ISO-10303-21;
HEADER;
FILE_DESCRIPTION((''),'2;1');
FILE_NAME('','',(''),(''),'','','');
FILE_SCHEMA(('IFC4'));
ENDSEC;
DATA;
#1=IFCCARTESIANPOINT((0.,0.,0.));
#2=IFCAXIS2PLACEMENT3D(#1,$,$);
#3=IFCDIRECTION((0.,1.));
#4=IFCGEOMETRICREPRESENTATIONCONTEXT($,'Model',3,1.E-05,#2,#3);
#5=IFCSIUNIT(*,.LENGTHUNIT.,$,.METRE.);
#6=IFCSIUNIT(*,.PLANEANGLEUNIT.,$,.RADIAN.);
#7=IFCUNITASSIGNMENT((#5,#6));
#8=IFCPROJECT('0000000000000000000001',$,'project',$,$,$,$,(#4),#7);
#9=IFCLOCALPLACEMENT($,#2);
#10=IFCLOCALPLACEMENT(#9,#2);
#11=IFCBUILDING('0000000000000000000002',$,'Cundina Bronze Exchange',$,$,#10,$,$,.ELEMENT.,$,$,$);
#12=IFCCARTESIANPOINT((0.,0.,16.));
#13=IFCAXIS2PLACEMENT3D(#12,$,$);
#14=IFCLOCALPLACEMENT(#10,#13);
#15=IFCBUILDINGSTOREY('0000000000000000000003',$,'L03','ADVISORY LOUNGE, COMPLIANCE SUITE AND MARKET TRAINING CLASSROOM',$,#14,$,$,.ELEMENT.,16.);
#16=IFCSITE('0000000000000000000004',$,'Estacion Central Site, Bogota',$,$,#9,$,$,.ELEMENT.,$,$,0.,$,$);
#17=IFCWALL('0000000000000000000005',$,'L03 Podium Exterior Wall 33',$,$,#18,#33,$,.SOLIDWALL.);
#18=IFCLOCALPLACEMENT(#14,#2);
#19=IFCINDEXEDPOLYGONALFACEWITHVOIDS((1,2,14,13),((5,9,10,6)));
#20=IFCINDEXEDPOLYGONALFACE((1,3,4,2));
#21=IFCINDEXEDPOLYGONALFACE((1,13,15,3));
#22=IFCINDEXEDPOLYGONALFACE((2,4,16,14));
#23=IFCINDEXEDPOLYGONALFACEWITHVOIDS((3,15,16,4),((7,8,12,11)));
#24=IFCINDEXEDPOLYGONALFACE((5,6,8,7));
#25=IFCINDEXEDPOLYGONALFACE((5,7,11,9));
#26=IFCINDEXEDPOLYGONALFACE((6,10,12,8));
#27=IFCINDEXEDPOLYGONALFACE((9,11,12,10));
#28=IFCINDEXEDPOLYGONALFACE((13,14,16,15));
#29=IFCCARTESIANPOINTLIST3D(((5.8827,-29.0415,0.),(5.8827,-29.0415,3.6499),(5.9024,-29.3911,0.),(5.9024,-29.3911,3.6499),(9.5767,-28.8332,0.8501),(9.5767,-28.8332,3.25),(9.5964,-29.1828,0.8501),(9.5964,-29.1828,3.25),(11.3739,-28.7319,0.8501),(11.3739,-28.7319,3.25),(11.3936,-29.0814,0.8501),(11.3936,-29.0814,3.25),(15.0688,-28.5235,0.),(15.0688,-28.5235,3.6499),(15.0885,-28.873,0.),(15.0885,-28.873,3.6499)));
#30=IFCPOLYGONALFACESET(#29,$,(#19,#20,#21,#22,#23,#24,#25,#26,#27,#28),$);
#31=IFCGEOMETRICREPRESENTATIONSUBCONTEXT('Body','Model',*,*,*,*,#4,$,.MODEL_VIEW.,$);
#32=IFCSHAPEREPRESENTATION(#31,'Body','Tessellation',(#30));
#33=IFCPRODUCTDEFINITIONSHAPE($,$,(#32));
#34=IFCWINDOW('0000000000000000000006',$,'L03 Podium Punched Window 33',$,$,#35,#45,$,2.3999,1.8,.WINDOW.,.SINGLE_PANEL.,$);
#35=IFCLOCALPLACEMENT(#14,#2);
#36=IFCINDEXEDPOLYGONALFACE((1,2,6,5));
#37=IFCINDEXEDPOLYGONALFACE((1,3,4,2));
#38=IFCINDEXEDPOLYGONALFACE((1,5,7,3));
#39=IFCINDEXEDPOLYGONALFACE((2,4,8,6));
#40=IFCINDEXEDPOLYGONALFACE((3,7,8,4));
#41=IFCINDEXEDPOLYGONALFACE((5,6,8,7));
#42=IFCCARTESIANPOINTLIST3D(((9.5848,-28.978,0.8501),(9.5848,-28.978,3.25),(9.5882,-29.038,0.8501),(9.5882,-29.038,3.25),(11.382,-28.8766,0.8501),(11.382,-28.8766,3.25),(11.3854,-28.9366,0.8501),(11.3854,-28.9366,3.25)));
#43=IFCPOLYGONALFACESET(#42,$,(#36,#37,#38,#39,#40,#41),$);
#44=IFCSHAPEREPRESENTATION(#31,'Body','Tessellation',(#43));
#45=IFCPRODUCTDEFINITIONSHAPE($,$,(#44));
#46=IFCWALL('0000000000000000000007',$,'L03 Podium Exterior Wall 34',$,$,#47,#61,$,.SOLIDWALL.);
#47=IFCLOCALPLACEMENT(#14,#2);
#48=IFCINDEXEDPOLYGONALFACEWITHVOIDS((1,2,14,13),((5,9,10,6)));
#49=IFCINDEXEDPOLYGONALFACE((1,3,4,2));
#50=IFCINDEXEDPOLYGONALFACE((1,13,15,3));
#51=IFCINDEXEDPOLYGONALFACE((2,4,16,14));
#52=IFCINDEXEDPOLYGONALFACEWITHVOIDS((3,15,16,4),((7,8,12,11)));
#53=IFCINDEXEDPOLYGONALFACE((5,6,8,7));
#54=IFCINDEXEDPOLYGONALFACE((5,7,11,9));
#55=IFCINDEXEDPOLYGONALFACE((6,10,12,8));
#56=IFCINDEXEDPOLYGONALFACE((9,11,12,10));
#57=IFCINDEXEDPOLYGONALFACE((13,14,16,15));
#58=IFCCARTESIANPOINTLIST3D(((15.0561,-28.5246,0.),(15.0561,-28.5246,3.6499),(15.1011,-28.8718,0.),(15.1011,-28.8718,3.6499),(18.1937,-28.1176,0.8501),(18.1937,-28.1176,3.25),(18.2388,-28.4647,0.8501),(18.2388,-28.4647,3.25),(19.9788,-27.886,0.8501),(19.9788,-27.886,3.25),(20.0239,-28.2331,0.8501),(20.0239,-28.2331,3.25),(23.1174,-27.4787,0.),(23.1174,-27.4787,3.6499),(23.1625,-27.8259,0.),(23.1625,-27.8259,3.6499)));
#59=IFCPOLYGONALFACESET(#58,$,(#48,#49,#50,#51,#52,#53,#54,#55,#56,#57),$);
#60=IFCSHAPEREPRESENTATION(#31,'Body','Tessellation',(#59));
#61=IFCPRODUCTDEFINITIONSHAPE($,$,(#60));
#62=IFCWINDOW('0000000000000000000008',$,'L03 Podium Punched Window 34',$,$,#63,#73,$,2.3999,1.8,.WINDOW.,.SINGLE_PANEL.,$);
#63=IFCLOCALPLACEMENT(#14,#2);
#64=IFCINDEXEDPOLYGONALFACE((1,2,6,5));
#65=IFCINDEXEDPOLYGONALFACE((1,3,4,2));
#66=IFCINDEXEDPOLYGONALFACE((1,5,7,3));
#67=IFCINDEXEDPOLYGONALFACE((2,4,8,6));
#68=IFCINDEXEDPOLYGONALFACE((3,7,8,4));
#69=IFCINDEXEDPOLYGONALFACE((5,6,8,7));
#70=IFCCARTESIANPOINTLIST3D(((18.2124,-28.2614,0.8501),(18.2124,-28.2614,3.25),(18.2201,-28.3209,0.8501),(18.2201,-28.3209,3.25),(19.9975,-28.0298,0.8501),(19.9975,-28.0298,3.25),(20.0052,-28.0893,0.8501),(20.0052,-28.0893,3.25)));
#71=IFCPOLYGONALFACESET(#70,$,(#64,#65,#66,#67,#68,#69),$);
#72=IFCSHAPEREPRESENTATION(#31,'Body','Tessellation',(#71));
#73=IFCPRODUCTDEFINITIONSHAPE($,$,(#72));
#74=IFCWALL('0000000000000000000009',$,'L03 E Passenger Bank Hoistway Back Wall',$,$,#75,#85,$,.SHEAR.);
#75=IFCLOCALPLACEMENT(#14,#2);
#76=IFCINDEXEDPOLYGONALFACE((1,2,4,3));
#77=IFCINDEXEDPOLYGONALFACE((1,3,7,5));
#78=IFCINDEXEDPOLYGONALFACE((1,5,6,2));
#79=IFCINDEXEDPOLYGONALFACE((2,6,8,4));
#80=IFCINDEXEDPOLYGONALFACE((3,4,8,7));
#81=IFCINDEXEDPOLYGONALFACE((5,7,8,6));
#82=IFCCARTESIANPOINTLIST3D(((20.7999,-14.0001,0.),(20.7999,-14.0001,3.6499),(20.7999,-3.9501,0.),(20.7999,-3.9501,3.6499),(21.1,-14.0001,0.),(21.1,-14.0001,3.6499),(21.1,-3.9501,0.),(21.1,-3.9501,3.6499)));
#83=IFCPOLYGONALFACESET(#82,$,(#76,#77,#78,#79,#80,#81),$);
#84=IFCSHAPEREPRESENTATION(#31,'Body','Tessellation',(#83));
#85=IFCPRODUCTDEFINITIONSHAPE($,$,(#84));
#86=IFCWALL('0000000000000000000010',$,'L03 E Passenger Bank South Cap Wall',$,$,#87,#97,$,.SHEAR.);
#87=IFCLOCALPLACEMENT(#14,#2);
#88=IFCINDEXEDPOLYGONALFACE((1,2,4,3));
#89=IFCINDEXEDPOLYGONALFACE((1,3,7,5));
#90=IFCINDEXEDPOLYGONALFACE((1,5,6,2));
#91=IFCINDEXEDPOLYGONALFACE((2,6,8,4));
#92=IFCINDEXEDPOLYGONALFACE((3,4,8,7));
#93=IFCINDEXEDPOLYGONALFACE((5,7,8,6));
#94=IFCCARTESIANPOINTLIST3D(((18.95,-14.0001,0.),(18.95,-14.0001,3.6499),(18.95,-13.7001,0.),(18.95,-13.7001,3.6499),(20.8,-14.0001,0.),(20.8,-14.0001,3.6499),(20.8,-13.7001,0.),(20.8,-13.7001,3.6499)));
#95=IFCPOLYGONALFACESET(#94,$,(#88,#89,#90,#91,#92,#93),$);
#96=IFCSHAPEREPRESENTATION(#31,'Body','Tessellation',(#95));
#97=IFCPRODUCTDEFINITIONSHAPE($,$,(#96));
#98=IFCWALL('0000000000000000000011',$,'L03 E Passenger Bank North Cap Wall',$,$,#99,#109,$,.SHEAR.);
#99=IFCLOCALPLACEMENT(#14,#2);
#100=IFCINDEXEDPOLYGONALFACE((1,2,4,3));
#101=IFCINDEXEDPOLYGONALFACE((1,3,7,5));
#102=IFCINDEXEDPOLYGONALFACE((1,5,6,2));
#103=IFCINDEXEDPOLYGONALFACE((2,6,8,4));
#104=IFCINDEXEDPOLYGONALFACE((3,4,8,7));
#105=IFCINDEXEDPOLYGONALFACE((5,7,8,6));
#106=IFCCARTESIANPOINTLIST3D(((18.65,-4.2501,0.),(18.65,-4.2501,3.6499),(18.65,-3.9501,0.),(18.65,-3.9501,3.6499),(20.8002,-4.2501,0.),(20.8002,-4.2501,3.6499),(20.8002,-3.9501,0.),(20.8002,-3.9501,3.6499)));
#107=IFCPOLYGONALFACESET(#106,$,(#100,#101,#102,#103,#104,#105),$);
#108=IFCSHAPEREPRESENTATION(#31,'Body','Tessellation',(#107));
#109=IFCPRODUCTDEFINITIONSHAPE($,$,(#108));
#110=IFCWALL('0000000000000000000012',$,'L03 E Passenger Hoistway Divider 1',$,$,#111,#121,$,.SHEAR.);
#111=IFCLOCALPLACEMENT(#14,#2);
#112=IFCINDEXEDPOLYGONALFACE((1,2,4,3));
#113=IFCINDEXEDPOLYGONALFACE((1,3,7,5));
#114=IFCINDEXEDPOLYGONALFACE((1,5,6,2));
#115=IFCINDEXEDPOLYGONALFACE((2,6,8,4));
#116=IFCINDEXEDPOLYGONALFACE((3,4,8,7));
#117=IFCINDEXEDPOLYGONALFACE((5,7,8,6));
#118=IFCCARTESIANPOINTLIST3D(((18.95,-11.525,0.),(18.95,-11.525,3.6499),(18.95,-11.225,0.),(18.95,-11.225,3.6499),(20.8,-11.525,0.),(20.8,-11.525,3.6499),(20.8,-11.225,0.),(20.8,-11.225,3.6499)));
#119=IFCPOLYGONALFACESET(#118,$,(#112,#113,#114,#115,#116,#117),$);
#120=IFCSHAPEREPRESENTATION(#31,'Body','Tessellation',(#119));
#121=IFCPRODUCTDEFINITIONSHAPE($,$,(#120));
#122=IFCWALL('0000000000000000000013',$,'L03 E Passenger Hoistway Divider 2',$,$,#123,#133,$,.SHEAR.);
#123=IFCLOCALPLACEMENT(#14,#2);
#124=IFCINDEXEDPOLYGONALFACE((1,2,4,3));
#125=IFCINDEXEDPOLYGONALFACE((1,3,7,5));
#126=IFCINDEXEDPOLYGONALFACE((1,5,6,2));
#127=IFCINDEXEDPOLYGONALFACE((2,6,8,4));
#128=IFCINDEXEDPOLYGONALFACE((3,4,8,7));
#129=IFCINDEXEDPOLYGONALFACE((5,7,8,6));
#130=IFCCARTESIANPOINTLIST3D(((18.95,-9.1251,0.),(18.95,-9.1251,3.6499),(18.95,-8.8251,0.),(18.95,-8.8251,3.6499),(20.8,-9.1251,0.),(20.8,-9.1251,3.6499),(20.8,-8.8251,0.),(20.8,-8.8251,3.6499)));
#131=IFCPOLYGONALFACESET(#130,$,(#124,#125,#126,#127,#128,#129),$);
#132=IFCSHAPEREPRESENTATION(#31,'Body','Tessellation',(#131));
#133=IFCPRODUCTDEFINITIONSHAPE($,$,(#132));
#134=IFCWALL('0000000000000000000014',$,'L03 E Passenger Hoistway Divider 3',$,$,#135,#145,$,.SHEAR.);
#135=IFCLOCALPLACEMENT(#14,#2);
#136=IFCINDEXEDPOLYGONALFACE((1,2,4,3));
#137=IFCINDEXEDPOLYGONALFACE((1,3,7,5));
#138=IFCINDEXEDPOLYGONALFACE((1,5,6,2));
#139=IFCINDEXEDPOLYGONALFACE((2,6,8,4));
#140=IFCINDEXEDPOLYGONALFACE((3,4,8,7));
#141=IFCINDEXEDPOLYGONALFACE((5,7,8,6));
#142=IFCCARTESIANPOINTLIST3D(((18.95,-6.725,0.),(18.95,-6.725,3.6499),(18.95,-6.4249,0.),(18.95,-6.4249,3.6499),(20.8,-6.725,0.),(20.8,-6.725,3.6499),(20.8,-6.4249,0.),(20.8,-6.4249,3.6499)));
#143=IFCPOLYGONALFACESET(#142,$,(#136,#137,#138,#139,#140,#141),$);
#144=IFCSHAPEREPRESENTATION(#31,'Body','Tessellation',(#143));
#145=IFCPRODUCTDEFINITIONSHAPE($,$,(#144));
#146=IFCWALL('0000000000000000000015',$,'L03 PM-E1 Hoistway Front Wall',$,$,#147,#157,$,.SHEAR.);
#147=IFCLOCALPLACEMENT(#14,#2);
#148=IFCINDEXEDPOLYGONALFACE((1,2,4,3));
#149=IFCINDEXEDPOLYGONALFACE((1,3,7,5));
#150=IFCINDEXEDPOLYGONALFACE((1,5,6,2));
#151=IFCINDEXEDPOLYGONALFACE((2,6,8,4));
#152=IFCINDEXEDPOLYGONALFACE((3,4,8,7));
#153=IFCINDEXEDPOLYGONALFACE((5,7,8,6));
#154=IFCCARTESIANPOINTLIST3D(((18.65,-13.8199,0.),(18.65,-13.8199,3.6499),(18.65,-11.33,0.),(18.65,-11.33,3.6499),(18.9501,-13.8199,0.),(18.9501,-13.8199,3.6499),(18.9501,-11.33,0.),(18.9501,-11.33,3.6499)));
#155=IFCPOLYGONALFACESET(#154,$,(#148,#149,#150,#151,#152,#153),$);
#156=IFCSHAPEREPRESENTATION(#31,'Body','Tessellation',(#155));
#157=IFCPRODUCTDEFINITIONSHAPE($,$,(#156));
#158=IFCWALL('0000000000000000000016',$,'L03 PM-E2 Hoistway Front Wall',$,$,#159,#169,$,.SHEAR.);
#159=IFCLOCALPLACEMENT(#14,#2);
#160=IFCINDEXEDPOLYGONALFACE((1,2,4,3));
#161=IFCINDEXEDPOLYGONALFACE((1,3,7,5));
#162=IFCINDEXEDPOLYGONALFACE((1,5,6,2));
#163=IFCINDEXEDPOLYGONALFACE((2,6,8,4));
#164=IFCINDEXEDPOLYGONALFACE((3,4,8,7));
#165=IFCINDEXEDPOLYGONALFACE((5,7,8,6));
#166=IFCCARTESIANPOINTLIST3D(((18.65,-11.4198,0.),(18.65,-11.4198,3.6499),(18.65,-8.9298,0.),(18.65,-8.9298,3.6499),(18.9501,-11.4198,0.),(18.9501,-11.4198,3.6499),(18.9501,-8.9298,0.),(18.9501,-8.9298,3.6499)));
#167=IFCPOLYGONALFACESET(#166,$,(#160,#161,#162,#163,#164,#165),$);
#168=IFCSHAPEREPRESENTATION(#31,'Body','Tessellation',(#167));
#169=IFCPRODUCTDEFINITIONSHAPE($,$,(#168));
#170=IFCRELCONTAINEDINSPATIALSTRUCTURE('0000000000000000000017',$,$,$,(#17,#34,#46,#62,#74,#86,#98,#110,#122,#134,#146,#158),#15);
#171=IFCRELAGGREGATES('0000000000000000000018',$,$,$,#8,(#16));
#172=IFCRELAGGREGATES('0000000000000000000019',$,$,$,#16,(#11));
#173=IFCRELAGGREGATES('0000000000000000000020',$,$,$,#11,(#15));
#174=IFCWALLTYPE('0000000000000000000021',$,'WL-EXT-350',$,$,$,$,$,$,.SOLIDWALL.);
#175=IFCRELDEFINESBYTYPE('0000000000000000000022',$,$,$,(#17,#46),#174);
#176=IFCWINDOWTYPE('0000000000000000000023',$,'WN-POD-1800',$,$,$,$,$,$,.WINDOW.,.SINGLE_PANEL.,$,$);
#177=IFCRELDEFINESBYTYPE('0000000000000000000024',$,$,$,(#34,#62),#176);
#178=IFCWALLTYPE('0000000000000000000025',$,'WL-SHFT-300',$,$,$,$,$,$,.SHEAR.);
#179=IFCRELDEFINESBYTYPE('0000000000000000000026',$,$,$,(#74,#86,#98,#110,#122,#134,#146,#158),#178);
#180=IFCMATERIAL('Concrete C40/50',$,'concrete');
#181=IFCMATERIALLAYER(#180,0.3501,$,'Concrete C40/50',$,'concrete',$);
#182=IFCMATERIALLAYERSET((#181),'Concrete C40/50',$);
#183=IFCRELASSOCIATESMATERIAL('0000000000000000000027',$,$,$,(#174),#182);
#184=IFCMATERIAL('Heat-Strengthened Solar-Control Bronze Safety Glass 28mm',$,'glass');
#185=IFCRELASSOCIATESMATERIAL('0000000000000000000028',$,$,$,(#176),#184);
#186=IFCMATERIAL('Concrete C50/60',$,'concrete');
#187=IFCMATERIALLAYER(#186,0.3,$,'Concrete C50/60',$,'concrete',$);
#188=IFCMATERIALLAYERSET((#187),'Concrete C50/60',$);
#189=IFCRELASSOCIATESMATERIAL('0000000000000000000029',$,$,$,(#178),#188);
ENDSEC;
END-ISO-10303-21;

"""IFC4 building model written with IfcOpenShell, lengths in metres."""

from ifc_helpers import new_model, si_unit, direction, frame, frame_2d, origin, place, context, subcontext, project, spatial, rectangle, extrude, material, layer, layer_set, type_object, element, fill, save


model = new_model("IFC4")

# Units and contexts
model_context = context("Model", 3, precision=1e-05, world=origin(), true_north=direction((0.0, 1.0)))
body_context = subcontext(model_context, "Body", "Model", "MODEL_VIEW")
ifc_project = project(units=[si_unit("LENGTHUNIT", "METRE"), si_unit("PLANEANGLEUNIT", "RADIAN")], contexts=[model_context])

# Site, building, storey
site_placement = place(None, origin())
site = spatial("IfcSite", under=ifc_project, at=site_placement, Name="Estacion Central Site, Bogota", CompositionType="ELEMENT", RefElevation=0.0)
building_placement = place(site_placement, origin())
building = spatial("IfcBuilding", under=site, at=building_placement, Name="Cundina Bronze Exchange", CompositionType="ELEMENT")
storey_placement = place(building_placement, frame((0.0, 0.0, 16.0)))
storey = spatial("IfcBuildingStorey", under=building, at=storey_placement, Name="L03", Description="ADVISORY LOUNGE, COMPLIANCE SUITE AND MARKET TRAINING CLASSROOM", CompositionType="ELEMENT", Elevation=16.0)

# Shared definitions
ifc_material_1 = material(Name="Concrete C50/60", Category="concrete")

# Walls, openings, windows
ifc_material_2 = material(Name="Concrete C40/50", Category="concrete")
ifc_layer_1 = layer(ifc_material_2, 0.3501, Name="Concrete C40/50", Category="concrete")
ifc_layer_set_1 = layer_set([ifc_layer_1], Name="Concrete C40/50")
wall_type_1 = type_object("IfcWallType", Name="WL-EXT-350", PredefinedType="SOLIDWALL", material=ifc_layer_set_1)
wall_1_placement = place(storey_placement, frame((5.8926, -29.2163, 0.0), z_axis=(0.0, 0.0, 1.0), x_axis=(0.998413, 0.056308, 0.0)))
wall_1 = element("IfcWall", 1, at=wall_1_placement, inside=storey, type_object=wall_type_1, Name="L03 Podium Exterior Wall 33", PredefinedType="SOLIDWALL", context=body_context, shape_type="SweptSolid", body=[
    extrude(rectangle(XDim=9.2007, YDim=0.3501, at=frame_2d((4.6003, 0.0))), origin(), (0.0, 0.0, 1.0), 3.6499),
])
opening_1_placement = place(wall_1_placement, frame((3.7, 0.0, 0.8501)))
opening_1 = element("IfcOpeningElement", 2, at=opening_1_placement, cuts=wall_1, PredefinedType="OPENING", context=body_context, shape_type="SweptSolid", body=[
    extrude(rectangle(XDim=1.8, YDim=2.3999, at=frame_2d((0.8999, 1.2))), frame((0.0, 0.1851, 0.0), z_axis=(0.0, -1.0, 0.0), x_axis=(1.0, 0.0, 0.0)), (0.0, 0.0, 1.0), 0.3701),
])
ifc_material_3 = material(Name="Heat-Strengthened Solar-Control Bronze Safety Glass 28mm", Category="glass")
window_type_1 = type_object("IfcWindowType", Name="WN-POD-1800", PartitioningType="SINGLE_PANEL", PredefinedType="WINDOW", material=ifc_material_3)
window_1_placement = place(opening_1_placement, origin())
window_1 = element("IfcWindow", 3, at=window_1_placement, inside=storey, type_object=window_type_1, Name="L03 Podium Punched Window 33", OverallHeight=2.3999, OverallWidth=1.8, PartitioningType="SINGLE_PANEL", PredefinedType="WINDOW", context=body_context, shape_type="SweptSolid", body=[
    extrude(rectangle(XDim=1.8, YDim=2.3999, at=frame_2d((0.8999, 1.2))), frame((0.0, 0.03, 0.0), z_axis=(0.0, -1.0, 0.0), x_axis=(1.0, 0.0, 0.0)), (0.0, 0.0, 1.0), 0.0601),
])
fill(opening_1, window_1)
wall_2_placement = place(storey_placement, frame((15.0786, -28.6982, 0.0), z_axis=(0.0, 0.0, 1.0), x_axis=(0.991688, 0.128665, 0.0)))
wall_2 = element("IfcWall", 4, at=wall_2_placement, inside=storey, type_object=wall_type_1, Name="L03 Podium Exterior Wall 34", PredefinedType="SOLIDWALL", context=body_context, shape_type="SweptSolid", body=[
    extrude(rectangle(XDim=8.1289, YDim=0.3501, at=frame_2d((4.0645, 0.0))), origin(), (0.0, 0.0, 1.0), 3.6499),
])
opening_2_placement = place(wall_2_placement, frame((3.1641, 0.0, 0.8501)))
opening_2 = element("IfcOpeningElement", 5, at=opening_2_placement, cuts=wall_2, PredefinedType="OPENING", context=body_context, shape_type="SweptSolid", body=[
    extrude(rectangle(XDim=1.8, YDim=2.3999, at=frame_2d((0.8999, 1.2))), frame((0.0, 0.1851, 0.0), z_axis=(0.0, -1.0, 0.0), x_axis=(1.0, 0.0, 0.0)), (0.0, 0.0, 1.0), 0.3701),
])
window_2_placement = place(opening_2_placement, origin())
window_2 = element("IfcWindow", 6, at=window_2_placement, inside=storey, type_object=window_type_1, Name="L03 Podium Punched Window 34", OverallHeight=2.3999, OverallWidth=1.8, PartitioningType="SINGLE_PANEL", PredefinedType="WINDOW", context=body_context, shape_type="SweptSolid", body=[
    extrude(rectangle(XDim=1.8, YDim=2.3999, at=frame_2d((0.8999, 1.2))), frame((0.0, 0.03, 0.0), z_axis=(0.0, -1.0, 0.0), x_axis=(1.0, 0.0, 0.0)), (0.0, 0.0, 1.0), 0.0601),
])
fill(opening_2, window_2)

# Walls
ifc_layer_2 = layer(ifc_material_1, 0.3, Name="Concrete C50/60", Category="concrete")
ifc_layer_set_2 = layer_set([ifc_layer_2], Name="Concrete C50/60")
wall_type_2 = type_object("IfcWallType", Name="WL-SHFT-300", PredefinedType="SHEAR", material=ifc_layer_set_2)
wall_3_placement = place(storey_placement, frame((20.95, -14.0, 0.0), z_axis=(0.0, 0.0, 1.0), x_axis=(0.0, 1.0, 0.0)))
element("IfcWall", 7, at=wall_3_placement, inside=storey, type_object=wall_type_2, Name="L03 E Passenger Bank Hoistway Back Wall", PredefinedType="SHEAR", context=body_context, shape_type="SweptSolid", body=[
    extrude(rectangle(XDim=10.05, YDim=0.3, at=frame_2d((5.0249, 0.0))), origin(), (0.0, 0.0, 1.0), 3.6499),
])
wall_4_placement = place(storey_placement, frame((18.95, -13.8501, 0.0), z_axis=(0.0, 0.0, 1.0), x_axis=(1.0, 0.0, 0.0)))
element("IfcWall", 8, at=wall_4_placement, inside=storey, type_object=wall_type_2, Name="L03 E Passenger Bank South Cap Wall", PredefinedType="SHEAR", context=body_context, shape_type="SweptSolid", body=[
    extrude(rectangle(XDim=1.8501, YDim=0.3, at=frame_2d((0.925, 0.0))), origin(), (0.0, 0.0, 1.0), 3.6499),
])
wall_5_placement = place(storey_placement, frame((18.6499, -4.1001, 0.0), z_axis=(0.0, 0.0, 1.0), x_axis=(1.0, 0.0, 0.0)))
element("IfcWall", 9, at=wall_5_placement, inside=storey, type_object=wall_type_2, Name="L03 E Passenger Bank North Cap Wall", PredefinedType="SHEAR", context=body_context, shape_type="SweptSolid", body=[
    extrude(rectangle(XDim=2.1501, YDim=0.3, at=frame_2d((1.0752, 0.0))), origin(), (0.0, 0.0, 1.0), 3.6499),
])
for number, where, z_axis, x_axis, name in (
    (10, (18.95, -11.375, 0.0), (0.0, 0.0, 1.0), (1.0, 0.0, 0.0), "L03 E Passenger Hoistway Divider 1"),
    (11, (18.95, -8.9751, 0.0), (0.0, 0.0, 1.0), (1.0, 0.0, 0.0), "L03 E Passenger Hoistway Divider 2"),
    (12, (18.95, -6.575, 0.0), (0.0, 0.0, 1.0), (1.0, 0.0, 0.0), "L03 E Passenger Hoistway Divider 3"),
):
    element("IfcWall", number, at=place(storey_placement, frame(where, z_axis=z_axis, x_axis=x_axis)), inside=storey, type_object=wall_type_2, Name=name, PredefinedType="SHEAR", context=body_context, shape_type="SweptSolid", body=[
        extrude(rectangle(XDim=1.8501, YDim=0.3, at=frame_2d((0.925, 0.0))), origin(), (0.0, 0.0, 1.0), 3.6499),
    ])
for number, where, z_axis, x_axis, name in (
    (13, (18.8, -13.8201, 0.0), (0.0, 0.0, 1.0), (0.0, 1.0, 0.0), "L03 PM-E1 Hoistway Front Wall"),
    (14, (18.8, -11.4199, 0.0), (0.0, 0.0, 1.0), (0.0, 1.0, 0.0), "L03 PM-E2 Hoistway Front Wall"),
):
    element("IfcWall", number, at=place(storey_placement, frame(where, z_axis=z_axis, x_axis=x_axis)), inside=storey, type_object=wall_type_2, Name=name, PredefinedType="SHEAR", context=body_context, shape_type="SweptSolid", body=[
        extrude(rectangle(XDim=2.49, YDim=0.3, at=frame_2d((1.2451, 0.0))), origin(), (0.0, 0.0, 1.0), 3.6499),
    ])

save(model, "model.ifc")
